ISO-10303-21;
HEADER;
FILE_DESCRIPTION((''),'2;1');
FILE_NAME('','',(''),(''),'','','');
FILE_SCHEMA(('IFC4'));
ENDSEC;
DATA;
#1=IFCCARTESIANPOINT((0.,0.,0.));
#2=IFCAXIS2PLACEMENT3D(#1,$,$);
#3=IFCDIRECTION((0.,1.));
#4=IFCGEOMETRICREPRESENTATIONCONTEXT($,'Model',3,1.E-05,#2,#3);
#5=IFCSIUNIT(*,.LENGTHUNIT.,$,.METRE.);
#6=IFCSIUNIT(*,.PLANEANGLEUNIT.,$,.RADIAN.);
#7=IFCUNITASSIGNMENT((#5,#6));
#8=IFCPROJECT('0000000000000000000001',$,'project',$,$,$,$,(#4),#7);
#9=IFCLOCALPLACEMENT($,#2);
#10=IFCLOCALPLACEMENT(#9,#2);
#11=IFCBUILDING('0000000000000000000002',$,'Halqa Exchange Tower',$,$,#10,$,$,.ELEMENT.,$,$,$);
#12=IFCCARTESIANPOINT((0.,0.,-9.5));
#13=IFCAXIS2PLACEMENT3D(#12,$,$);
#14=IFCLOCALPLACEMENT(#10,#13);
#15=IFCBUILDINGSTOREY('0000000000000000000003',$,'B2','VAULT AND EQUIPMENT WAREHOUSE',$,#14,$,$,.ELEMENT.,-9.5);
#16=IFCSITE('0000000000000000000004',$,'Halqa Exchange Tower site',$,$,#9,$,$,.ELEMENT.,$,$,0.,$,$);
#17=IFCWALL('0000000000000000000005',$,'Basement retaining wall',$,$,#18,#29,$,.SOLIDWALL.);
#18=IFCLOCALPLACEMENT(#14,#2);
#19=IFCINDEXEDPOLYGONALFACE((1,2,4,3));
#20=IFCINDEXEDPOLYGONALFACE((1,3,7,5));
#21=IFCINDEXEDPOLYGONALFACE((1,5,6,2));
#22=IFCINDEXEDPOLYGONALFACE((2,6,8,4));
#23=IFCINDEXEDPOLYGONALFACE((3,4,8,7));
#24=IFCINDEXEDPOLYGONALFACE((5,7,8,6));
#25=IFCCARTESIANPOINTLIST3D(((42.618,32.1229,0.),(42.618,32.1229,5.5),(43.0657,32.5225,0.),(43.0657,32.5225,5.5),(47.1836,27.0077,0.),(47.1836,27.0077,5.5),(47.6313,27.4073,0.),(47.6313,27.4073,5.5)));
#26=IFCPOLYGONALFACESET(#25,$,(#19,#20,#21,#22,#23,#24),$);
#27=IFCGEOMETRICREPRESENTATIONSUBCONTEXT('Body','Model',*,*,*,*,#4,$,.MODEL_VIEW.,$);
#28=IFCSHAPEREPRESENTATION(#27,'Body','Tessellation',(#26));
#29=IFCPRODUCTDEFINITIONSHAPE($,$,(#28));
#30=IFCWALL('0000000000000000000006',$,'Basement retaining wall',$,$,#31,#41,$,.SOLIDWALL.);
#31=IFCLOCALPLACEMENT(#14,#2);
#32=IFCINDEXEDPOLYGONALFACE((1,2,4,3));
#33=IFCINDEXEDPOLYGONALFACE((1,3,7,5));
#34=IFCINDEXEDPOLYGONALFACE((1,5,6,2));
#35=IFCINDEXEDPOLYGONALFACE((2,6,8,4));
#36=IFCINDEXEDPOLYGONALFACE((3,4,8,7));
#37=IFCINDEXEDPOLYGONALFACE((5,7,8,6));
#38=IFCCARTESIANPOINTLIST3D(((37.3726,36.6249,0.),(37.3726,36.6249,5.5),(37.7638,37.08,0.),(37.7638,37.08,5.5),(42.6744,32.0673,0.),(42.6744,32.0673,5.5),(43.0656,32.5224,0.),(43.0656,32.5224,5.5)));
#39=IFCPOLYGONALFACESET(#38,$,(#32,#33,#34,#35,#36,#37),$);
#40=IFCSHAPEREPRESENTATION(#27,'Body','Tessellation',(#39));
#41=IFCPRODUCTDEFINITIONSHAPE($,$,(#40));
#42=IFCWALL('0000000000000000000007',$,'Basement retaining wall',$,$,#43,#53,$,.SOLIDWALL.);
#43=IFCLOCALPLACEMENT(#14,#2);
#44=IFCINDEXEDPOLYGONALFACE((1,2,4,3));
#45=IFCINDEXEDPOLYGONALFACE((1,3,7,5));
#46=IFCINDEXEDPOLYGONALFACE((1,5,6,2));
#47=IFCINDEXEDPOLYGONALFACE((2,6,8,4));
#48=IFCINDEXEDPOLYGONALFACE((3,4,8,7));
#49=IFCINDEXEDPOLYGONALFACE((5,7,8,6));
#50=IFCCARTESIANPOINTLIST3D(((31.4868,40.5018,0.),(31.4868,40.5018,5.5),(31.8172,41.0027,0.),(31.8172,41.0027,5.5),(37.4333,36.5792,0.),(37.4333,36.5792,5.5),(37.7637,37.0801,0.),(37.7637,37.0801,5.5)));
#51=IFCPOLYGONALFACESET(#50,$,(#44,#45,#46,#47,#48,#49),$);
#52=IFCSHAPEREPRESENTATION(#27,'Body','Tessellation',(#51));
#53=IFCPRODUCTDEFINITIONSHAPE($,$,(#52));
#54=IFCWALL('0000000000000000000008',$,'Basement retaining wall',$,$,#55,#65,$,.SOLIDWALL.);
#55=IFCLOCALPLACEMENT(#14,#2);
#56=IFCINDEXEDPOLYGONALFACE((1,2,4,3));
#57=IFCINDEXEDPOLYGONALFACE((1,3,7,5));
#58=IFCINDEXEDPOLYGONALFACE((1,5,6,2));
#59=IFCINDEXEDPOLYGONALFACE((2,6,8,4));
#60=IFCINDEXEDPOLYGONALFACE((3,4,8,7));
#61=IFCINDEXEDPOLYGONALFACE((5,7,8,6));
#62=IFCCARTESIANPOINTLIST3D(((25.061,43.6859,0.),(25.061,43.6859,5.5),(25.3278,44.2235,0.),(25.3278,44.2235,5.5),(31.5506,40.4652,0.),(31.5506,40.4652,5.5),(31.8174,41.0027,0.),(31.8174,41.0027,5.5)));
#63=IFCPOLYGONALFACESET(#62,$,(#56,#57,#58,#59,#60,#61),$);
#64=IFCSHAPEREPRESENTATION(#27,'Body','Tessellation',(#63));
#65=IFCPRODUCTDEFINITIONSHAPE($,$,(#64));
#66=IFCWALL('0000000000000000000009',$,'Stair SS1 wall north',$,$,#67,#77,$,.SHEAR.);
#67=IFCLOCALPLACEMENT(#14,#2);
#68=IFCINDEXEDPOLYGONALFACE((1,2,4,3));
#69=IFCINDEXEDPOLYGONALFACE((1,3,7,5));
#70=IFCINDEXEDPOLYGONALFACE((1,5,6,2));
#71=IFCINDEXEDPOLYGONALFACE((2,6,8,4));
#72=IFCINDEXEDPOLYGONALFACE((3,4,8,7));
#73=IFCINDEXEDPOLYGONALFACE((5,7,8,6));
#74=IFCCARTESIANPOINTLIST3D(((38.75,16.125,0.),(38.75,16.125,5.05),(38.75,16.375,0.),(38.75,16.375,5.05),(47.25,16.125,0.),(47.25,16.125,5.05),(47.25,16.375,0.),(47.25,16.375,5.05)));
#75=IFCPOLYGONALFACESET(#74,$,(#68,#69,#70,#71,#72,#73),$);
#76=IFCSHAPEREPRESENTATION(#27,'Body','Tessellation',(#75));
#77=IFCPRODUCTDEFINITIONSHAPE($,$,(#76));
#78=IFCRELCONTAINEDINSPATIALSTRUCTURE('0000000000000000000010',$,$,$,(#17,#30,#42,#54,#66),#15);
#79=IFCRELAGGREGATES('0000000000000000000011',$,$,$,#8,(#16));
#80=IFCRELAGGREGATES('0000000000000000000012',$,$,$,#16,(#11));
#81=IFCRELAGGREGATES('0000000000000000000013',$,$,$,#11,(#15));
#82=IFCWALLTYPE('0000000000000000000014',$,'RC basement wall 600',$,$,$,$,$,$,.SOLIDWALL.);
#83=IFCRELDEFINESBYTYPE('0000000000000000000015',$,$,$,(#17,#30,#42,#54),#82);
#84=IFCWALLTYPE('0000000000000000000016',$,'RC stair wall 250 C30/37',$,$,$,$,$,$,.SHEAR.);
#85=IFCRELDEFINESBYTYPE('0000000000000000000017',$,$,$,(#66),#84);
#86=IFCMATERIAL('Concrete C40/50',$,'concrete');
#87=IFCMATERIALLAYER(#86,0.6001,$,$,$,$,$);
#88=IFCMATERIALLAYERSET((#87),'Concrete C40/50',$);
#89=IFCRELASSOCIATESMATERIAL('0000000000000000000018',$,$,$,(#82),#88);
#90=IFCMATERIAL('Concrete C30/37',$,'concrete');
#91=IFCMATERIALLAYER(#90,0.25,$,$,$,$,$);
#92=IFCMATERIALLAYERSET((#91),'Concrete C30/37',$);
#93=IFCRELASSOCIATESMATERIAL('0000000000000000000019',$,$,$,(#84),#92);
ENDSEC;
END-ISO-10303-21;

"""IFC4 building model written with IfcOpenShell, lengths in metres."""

from ifc_helpers import new_model, si_unit, direction, frame, frame_2d, origin, place, context, subcontext, project, spatial, rectangle, extrude, material, layer, layer_set, type_object, element, save


model = new_model("IFC4")

# Units and contexts
model_context = context("Model", 3, precision=1e-05, world=origin(), true_north=direction((0.0, 1.0)))
body_context = subcontext(model_context, "Body", "Model", "MODEL_VIEW")
ifc_project = project(units=[si_unit("LENGTHUNIT", "METRE"), si_unit("PLANEANGLEUNIT", "RADIAN")], contexts=[model_context])

# Site, building, storey
site_placement = place(None, origin())
site = spatial("IfcSite", under=ifc_project, at=site_placement, Name="Halqa Exchange Tower site", CompositionType="ELEMENT", RefElevation=0.0)
building_placement = place(site_placement, origin())
building = spatial("IfcBuilding", under=site, at=building_placement, Name="Halqa Exchange Tower", CompositionType="ELEMENT")
storey_placement = place(building_placement, frame((0.0, 0.0, -9.5)))
storey = spatial("IfcBuildingStorey", under=building, at=storey_placement, Name="B2", Description="VAULT AND EQUIPMENT WAREHOUSE", CompositionType="ELEMENT", Elevation=-9.5)

# Walls
ifc_material_1 = material(Name="Concrete C40/50", Category="concrete")
ifc_layer_1 = layer(ifc_material_1, 0.6001)
ifc_layer_set_1 = layer_set([ifc_layer_1], Name="Concrete C40/50")
wall_type_1 = type_object("IfcWallType", Name="RC basement wall 600", PredefinedType="SOLIDWALL", material=ifc_layer_set_1)
wall_1_placement = place(storey_placement, frame((47.4075, 27.2075, 0.0), z_axis=(0.0, 0.0, 1.0), x_axis=(-0.665894, 0.746046, 0.0)))
element("IfcWall", 1, at=wall_1_placement, inside=storey, type_object=wall_type_1, Name="Basement retaining wall", PredefinedType="SOLIDWALL", context=body_context, shape_type="SweptSolid", body=[
    extrude(rectangle(XDim=6.8564, YDim=0.6001, at=frame_2d((3.4282, 0.0))), origin(), (0.0, 0.0, 1.0), 5.5),
])
wall_2_placement = place(storey_placement, frame((42.8699, 32.2949, 0.0), z_axis=(0.0, 0.0, 1.0), x_axis=(-0.758319, 0.651883, 0.0)))
element("IfcWall", 2, at=wall_2_placement, inside=storey, type_object=wall_type_1, Name="Basement retaining wall", PredefinedType="SOLIDWALL", context=body_context, shape_type="SweptSolid", body=[
    extrude(rectangle(XDim=6.9915, YDim=0.6001, at=frame_2d((3.4956, 0.0))), origin(), (0.0, 0.0, 1.0), 5.5),
])
wall_3_placement = place(storey_placement, frame((37.5986, 36.8296, 0.0), z_axis=(0.0, 0.0, 1.0), x_axis=(-0.834745, 0.550636, 0.0)))
element("IfcWall", 3, at=wall_3_placement, inside=storey, type_object=wall_type_1, Name="Basement retaining wall", PredefinedType="SOLIDWALL", context=body_context, shape_type="SweptSolid", body=[
    extrude(rectangle(XDim=7.1238, YDim=0.6001, at=frame_2d((3.562, 0.0))), origin(), (0.0, 0.0, 1.0), 5.5),
])
wall_4_placement = place(storey_placement, frame((31.6841, 40.7339, 0.0), z_axis=(0.0, 0.0, 1.0), x_axis=(-0.895751, 0.444556, 0.0)))
element("IfcWall", 4, at=wall_4_placement, inside=storey, type_object=wall_type_1, Name="Basement retaining wall", PredefinedType="SOLIDWALL", context=body_context, shape_type="SweptSolid", body=[
    extrude(rectangle(XDim=7.2449, YDim=0.6001, at=frame_2d((3.6226, 0.0))), origin(), (0.0, 0.0, 1.0), 5.5),
])
ifc_material_2 = material(Name="Concrete C30/37", Category="concrete")
ifc_layer_2 = layer(ifc_material_2, 0.25)
ifc_layer_set_2 = layer_set([ifc_layer_2], Name="Concrete C30/37")
wall_type_2 = type_object("IfcWallType", Name="RC stair wall 250 C30/37", PredefinedType="SHEAR", material=ifc_layer_set_2)
wall_5_placement = place(storey_placement, frame((38.75, 16.25, 0.0), z_axis=(0.0, 0.0, 1.0), x_axis=(1.0, 0.0, 0.0)))
element("IfcWall", 5, at=wall_5_placement, inside=storey, type_object=wall_type_2, Name="Stair SS1 wall north", PredefinedType="SHEAR", context=body_context, shape_type="SweptSolid", body=[
    extrude(rectangle(XDim=8.5, YDim=0.25, at=frame_2d((4.25, 0.0))), origin(), (0.0, 0.0, 1.0), 5.05),
])

save(model, "model.ifc")
